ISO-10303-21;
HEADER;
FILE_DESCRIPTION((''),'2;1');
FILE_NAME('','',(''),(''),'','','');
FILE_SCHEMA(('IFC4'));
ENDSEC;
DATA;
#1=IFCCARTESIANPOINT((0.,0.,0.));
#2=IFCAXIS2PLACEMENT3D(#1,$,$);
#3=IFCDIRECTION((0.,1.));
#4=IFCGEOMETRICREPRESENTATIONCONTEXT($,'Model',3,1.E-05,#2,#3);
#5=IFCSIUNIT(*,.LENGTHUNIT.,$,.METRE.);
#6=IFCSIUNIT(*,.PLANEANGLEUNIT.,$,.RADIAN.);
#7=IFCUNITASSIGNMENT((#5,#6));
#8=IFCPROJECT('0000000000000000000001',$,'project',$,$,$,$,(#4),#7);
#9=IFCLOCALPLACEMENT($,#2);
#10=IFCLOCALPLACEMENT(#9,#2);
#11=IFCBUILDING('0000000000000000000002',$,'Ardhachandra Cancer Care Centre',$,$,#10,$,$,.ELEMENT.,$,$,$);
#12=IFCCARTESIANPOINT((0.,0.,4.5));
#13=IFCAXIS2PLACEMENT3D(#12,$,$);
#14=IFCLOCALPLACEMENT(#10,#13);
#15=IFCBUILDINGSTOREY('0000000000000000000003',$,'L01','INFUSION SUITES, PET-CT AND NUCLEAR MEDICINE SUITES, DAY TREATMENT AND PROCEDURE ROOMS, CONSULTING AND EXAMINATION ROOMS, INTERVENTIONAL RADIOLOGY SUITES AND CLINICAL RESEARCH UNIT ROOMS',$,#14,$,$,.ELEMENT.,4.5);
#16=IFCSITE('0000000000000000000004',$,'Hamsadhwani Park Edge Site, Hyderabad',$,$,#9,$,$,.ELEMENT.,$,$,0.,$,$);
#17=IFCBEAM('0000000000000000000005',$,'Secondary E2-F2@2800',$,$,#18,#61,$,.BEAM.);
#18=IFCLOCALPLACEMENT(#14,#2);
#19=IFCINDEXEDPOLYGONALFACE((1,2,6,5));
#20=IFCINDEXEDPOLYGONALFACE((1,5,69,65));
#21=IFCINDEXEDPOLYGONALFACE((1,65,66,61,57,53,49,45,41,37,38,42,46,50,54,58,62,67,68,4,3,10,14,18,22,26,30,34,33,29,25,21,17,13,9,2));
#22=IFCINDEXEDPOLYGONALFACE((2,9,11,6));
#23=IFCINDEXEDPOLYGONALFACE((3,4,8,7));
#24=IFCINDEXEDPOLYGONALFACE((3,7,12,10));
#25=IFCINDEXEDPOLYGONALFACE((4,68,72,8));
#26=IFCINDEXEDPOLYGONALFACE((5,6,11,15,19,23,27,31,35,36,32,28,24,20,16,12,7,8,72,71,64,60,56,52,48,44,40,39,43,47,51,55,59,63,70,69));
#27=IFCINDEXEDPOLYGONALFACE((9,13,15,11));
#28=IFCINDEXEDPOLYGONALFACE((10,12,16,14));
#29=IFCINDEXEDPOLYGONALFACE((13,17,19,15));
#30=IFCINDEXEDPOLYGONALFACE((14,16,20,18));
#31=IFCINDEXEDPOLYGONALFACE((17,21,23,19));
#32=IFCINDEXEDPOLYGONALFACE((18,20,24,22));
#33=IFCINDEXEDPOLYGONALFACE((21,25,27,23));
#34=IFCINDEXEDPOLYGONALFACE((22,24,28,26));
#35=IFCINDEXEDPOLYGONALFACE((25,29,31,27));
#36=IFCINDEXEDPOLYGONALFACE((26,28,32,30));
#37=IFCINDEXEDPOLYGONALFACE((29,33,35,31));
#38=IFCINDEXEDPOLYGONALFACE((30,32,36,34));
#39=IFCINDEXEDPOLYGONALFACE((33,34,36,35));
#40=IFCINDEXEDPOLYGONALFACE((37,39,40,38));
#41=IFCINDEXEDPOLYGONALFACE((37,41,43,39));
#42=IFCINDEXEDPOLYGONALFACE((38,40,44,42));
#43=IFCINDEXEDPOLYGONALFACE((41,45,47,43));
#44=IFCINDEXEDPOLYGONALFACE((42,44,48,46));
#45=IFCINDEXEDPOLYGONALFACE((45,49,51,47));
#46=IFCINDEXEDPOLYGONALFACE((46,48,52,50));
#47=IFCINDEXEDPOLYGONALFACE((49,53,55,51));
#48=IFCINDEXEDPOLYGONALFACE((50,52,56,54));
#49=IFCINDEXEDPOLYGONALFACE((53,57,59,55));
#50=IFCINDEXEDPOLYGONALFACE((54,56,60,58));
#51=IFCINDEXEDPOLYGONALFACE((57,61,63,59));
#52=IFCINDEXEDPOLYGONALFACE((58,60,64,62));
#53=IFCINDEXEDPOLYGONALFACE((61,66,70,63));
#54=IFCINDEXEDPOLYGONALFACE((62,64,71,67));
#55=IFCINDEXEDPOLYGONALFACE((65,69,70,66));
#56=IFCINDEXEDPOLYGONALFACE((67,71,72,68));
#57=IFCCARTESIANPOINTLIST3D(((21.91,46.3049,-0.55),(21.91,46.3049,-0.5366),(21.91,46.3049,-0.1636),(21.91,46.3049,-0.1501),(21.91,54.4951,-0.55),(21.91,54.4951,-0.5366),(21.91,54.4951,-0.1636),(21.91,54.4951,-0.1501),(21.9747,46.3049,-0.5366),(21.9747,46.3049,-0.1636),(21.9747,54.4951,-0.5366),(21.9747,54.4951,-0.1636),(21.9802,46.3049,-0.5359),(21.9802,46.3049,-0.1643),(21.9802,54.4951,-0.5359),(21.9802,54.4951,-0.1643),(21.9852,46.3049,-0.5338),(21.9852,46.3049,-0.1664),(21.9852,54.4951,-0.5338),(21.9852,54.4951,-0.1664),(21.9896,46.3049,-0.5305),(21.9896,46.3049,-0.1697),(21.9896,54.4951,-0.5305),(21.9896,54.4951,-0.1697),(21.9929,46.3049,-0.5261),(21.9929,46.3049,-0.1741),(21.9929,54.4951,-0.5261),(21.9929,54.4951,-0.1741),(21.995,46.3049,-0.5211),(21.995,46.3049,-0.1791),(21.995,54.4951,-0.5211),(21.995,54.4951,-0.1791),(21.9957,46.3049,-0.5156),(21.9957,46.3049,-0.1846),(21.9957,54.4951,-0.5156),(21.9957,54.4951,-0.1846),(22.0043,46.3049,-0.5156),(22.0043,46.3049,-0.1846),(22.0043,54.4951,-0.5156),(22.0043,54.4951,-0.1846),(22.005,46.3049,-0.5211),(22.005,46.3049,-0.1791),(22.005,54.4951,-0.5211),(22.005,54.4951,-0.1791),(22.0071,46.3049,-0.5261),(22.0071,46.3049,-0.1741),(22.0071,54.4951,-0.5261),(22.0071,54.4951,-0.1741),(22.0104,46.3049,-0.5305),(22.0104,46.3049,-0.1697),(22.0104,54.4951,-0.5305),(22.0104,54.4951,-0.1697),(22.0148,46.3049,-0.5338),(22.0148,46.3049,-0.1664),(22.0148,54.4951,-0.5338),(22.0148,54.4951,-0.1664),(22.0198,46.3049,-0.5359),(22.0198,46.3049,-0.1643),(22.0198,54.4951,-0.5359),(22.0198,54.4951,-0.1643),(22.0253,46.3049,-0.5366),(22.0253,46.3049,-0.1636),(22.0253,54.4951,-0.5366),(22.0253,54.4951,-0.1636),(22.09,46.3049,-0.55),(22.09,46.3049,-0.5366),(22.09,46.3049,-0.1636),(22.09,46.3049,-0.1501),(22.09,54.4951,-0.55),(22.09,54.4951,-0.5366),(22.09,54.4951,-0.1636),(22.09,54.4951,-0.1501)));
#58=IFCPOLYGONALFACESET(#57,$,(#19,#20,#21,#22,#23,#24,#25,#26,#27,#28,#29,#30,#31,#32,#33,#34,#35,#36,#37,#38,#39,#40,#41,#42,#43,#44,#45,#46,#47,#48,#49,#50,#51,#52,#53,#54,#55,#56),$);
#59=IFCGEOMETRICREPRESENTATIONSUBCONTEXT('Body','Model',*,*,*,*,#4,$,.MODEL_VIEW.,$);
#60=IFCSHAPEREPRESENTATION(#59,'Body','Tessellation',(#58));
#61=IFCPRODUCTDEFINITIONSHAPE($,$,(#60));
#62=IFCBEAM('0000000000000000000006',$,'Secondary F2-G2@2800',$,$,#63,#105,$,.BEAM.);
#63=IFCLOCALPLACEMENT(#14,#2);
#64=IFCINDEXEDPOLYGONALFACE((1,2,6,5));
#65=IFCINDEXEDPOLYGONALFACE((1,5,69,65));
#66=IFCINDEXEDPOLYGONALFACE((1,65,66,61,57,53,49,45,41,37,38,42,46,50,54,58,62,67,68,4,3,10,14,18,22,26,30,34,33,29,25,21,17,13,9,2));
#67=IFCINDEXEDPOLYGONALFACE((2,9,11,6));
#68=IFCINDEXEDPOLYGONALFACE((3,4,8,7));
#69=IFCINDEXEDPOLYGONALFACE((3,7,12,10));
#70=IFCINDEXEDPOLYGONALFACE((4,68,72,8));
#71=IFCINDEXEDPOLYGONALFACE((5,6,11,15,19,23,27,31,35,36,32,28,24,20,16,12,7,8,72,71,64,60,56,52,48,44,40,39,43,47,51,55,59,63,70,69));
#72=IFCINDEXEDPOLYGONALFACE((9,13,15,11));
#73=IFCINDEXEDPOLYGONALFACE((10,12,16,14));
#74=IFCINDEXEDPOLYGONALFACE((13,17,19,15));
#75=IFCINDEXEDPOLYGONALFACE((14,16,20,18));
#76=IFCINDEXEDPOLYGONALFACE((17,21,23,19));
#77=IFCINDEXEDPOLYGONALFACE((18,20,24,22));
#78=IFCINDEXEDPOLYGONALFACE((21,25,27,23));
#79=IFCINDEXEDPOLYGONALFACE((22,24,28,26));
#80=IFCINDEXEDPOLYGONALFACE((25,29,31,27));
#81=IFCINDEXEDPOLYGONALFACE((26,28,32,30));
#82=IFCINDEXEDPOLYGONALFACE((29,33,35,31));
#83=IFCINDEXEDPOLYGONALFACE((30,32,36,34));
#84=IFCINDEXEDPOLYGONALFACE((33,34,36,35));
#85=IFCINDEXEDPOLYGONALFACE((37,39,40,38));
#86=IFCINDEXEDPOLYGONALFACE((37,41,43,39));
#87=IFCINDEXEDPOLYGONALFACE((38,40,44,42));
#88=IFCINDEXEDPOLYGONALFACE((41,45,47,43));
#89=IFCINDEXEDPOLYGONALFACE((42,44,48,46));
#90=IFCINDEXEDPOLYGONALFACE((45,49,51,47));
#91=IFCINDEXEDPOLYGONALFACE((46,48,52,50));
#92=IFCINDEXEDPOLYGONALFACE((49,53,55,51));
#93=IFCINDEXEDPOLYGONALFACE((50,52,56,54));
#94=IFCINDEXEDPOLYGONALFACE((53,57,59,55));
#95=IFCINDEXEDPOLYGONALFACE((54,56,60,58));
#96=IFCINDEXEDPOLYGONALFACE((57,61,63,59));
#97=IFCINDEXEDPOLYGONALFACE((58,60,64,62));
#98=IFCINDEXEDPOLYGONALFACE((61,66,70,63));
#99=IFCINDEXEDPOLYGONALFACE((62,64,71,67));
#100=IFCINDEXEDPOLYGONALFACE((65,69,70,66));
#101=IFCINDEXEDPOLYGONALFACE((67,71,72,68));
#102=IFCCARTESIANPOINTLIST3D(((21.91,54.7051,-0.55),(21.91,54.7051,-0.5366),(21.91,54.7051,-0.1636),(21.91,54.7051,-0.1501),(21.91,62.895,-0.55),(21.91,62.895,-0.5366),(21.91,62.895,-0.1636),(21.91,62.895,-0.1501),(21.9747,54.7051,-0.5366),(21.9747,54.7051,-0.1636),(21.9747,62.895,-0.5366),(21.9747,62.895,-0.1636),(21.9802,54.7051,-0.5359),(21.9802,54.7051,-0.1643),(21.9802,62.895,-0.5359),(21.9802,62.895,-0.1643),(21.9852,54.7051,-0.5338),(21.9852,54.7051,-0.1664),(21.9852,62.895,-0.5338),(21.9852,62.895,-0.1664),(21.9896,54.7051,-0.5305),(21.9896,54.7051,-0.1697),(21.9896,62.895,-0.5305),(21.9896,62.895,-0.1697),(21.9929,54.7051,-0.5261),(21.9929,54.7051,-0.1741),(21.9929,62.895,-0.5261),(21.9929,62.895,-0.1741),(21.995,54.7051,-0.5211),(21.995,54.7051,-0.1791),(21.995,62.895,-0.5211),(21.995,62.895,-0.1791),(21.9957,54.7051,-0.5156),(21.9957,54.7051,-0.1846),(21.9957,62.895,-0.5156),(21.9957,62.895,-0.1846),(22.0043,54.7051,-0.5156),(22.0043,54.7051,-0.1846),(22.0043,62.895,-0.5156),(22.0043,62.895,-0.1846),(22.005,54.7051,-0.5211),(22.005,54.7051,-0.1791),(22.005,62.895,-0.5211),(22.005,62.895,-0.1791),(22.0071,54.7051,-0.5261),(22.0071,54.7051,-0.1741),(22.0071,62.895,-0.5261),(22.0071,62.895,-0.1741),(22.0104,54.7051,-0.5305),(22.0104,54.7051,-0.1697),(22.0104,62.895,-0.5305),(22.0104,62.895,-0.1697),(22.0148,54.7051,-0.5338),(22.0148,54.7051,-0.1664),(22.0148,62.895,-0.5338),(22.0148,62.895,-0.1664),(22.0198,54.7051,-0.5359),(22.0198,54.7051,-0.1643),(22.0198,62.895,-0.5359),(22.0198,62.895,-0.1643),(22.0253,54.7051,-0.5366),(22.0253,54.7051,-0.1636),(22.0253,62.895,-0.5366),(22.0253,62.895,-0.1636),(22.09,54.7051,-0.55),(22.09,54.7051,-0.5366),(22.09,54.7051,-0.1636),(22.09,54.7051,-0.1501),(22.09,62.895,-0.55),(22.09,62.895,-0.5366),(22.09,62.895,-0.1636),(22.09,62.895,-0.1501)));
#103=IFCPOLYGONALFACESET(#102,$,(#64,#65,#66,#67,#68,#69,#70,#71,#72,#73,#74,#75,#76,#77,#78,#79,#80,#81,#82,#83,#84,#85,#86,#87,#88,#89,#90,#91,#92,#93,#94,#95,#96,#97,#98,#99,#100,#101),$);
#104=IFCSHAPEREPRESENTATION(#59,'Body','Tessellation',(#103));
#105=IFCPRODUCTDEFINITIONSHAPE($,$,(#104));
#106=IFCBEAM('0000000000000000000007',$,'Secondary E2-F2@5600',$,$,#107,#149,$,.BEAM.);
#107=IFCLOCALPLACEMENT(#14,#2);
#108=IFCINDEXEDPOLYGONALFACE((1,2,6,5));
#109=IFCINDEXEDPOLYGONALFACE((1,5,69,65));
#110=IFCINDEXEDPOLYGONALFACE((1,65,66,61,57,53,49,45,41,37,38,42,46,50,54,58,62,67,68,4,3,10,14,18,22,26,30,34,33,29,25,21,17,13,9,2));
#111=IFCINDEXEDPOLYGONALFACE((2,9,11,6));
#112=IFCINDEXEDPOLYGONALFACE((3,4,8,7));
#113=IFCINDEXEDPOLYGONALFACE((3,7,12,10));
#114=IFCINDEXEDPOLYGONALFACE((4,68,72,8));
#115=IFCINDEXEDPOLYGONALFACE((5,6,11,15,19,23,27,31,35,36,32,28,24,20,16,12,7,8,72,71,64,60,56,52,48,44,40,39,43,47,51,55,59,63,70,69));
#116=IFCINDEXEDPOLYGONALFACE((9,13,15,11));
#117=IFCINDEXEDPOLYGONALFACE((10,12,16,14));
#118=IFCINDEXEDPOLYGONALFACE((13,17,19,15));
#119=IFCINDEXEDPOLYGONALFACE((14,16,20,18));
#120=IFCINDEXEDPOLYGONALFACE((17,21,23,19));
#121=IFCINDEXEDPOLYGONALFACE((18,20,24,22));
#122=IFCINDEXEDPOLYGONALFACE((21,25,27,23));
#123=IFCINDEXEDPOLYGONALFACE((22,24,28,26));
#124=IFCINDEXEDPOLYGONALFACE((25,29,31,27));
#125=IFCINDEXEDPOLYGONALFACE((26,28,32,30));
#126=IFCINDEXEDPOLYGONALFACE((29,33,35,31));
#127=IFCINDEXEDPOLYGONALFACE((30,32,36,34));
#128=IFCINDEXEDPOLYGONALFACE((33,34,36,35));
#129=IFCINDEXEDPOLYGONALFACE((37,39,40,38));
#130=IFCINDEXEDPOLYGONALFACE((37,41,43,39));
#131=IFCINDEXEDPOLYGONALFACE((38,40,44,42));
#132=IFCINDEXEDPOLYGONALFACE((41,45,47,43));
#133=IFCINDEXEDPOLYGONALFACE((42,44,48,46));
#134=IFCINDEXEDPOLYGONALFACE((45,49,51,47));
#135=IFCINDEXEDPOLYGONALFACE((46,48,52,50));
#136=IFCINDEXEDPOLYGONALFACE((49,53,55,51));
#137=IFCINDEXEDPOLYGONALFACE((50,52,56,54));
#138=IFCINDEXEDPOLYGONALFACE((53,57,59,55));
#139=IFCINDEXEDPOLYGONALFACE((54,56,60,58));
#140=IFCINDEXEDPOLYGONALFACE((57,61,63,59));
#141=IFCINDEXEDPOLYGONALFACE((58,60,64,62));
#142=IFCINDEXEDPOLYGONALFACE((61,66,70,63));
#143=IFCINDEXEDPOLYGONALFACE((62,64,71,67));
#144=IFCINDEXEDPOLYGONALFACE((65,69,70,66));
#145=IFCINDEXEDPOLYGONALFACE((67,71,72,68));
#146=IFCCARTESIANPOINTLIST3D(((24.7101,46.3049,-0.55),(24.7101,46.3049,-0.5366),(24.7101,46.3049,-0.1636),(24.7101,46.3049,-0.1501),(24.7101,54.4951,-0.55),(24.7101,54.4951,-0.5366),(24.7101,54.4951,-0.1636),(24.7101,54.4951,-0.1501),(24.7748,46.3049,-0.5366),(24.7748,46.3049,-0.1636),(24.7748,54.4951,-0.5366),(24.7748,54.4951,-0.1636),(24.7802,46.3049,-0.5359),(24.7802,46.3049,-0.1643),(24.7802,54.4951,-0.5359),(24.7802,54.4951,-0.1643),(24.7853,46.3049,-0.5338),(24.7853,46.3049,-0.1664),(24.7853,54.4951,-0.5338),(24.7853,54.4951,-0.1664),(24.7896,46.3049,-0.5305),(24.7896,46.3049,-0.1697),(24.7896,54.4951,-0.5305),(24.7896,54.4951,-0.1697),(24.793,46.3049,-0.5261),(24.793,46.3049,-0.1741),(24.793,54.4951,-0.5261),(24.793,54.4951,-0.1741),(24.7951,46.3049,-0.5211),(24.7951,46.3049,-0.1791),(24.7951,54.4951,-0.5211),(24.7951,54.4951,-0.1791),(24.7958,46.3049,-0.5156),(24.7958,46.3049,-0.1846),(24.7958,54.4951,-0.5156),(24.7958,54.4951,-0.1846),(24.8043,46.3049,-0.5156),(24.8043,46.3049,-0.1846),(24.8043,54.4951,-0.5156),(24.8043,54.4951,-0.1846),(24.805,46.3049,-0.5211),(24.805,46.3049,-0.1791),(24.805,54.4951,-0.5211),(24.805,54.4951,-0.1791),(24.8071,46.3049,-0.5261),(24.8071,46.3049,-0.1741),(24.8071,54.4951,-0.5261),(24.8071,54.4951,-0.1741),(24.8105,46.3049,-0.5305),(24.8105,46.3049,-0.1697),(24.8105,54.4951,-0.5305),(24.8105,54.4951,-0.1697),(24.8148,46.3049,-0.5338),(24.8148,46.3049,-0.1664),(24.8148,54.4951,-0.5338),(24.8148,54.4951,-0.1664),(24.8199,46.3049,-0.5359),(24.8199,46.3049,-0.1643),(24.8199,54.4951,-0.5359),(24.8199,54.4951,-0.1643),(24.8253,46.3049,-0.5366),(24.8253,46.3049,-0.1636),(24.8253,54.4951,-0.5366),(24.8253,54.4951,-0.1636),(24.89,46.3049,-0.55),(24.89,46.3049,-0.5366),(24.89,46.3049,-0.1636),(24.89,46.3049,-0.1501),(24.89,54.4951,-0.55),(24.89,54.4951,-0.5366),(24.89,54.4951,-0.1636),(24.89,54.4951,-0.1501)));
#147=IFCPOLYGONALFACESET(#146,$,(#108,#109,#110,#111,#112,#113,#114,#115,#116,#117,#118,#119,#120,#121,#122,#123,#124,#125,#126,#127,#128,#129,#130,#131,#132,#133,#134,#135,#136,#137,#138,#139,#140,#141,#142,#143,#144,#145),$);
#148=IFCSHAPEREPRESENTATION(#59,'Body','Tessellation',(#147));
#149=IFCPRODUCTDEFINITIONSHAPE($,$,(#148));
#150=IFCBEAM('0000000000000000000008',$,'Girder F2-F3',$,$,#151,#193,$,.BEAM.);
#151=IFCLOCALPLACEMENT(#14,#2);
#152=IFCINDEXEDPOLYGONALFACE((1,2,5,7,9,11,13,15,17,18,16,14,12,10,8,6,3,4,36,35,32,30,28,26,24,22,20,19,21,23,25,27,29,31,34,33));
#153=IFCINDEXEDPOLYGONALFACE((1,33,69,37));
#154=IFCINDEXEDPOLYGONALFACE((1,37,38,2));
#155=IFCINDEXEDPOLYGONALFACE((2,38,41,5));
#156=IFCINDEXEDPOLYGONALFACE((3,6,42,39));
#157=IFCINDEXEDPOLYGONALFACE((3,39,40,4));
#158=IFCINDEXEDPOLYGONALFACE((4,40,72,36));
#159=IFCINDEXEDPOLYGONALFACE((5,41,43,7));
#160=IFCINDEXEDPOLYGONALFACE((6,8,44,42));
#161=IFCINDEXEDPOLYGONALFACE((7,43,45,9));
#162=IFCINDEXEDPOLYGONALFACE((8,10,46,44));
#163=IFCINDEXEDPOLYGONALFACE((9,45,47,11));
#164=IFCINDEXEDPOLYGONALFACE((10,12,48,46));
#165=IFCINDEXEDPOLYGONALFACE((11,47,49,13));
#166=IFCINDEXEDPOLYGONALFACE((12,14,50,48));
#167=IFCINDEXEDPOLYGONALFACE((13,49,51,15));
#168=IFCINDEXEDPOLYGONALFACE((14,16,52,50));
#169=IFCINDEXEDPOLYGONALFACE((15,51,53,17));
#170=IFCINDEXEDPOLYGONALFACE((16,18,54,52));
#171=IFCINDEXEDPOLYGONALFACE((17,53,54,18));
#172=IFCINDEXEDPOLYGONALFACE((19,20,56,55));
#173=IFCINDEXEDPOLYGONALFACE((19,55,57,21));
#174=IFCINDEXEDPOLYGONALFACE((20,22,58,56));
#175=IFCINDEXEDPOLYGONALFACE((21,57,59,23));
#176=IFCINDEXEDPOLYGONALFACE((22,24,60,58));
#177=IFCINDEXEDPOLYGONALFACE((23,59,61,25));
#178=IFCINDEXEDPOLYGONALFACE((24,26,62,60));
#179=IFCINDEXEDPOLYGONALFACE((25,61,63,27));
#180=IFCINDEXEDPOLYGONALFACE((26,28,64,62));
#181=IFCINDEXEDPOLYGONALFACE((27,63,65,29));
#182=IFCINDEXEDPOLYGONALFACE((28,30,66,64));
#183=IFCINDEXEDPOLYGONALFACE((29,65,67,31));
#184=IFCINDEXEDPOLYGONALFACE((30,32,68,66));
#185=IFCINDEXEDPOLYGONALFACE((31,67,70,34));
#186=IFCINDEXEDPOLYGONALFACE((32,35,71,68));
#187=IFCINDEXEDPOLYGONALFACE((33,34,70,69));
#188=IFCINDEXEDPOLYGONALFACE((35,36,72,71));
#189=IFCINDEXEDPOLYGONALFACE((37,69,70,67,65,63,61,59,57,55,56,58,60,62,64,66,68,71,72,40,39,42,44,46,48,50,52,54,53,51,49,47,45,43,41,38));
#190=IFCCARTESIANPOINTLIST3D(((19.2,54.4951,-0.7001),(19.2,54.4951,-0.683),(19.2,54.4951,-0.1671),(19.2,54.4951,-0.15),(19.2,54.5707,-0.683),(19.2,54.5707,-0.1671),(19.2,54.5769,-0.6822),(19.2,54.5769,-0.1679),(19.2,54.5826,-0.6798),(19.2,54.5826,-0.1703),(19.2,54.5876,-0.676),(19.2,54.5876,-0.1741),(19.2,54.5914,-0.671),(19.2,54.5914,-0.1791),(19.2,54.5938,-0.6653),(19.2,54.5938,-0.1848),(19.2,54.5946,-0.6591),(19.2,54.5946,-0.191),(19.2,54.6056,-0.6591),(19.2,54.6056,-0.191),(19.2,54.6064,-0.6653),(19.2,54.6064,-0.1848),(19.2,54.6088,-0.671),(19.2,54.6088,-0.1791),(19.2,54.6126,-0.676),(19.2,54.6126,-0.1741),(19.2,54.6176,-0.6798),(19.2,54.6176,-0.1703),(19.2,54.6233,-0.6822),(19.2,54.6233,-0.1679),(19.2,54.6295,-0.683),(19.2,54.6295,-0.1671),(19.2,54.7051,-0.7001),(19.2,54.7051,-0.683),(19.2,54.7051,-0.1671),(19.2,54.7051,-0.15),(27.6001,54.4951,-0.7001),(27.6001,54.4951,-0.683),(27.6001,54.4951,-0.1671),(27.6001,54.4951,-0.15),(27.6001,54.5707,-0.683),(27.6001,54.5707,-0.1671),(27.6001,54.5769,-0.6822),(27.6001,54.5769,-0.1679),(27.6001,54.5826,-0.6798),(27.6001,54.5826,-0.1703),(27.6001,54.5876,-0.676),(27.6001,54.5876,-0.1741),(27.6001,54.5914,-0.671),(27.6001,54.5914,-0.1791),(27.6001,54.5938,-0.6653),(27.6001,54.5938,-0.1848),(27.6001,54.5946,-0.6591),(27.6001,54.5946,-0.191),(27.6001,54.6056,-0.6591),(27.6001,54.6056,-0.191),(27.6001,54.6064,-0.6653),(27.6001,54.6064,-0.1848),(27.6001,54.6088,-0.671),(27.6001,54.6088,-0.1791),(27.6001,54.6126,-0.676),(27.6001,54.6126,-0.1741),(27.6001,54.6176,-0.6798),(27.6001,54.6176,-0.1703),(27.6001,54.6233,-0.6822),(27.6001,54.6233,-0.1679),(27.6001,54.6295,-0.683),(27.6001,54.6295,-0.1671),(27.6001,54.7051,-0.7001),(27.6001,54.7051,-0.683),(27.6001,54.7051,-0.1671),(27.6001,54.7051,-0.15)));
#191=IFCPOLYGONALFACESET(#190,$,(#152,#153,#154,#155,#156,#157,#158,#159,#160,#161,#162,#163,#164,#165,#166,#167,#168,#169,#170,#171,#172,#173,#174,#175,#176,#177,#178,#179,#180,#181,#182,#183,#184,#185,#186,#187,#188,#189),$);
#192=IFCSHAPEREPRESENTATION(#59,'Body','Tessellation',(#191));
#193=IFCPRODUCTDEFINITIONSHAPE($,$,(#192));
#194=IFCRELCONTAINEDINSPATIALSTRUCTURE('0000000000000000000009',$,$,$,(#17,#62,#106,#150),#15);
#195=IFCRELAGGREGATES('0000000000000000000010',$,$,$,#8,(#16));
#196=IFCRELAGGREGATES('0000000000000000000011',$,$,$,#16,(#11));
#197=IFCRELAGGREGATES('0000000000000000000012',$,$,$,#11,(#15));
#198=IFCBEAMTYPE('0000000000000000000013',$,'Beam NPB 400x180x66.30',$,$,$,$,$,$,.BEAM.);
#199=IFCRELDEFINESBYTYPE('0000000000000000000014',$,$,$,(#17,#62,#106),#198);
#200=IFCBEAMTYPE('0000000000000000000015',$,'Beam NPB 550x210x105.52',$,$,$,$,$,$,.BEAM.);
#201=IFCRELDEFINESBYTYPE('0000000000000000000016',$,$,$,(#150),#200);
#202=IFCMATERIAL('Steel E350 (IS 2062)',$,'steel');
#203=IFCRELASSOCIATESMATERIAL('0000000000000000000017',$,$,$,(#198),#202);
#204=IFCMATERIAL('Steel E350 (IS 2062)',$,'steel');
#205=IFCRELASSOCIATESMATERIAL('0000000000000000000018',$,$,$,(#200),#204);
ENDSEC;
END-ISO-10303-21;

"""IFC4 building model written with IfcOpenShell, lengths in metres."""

from ifc_helpers import new_model, si_unit, direction, frame, origin, origin_2d, place, context, subcontext, project, spatial, i_section, extrude, material, material_profile, profile_set, type_object, element, save


model = new_model("IFC4")

# Units and contexts
model_context = context("Model", 3, precision=1e-05, world=origin(), true_north=direction((0.0, 1.0)))
body_context = subcontext(model_context, "Body", "Model", "MODEL_VIEW")
ifc_project = project(units=[si_unit("LENGTHUNIT", "METRE"), si_unit("PLANEANGLEUNIT", "RADIAN")], contexts=[model_context])

# Site, building, storey
site_placement = place(None, origin())
site = spatial("IfcSite", under=ifc_project, at=site_placement, Name="Hamsadhwani Park Edge Site, Hyderabad", CompositionType="ELEMENT", RefElevation=0.0)
building_placement = place(site_placement, origin())
building = spatial("IfcBuilding", under=site, at=building_placement, Name="Ardhachandra Cancer Care Centre", CompositionType="ELEMENT")
storey_placement = place(building_placement, frame((0.0, 0.0, 4.5)))
storey = spatial("IfcBuildingStorey", under=building, at=storey_placement, Name="L01", Description="INFUSION SUITES, PET-CT AND NUCLEAR MEDICINE SUITES, DAY TREATMENT AND PROCEDURE ROOMS, CONSULTING AND EXAMINATION ROOMS, INTERVENTIONAL RADIOLOGY SUITES AND CLINICAL RESEARCH UNIT ROOMS", CompositionType="ELEMENT", Elevation=4.5)

# Beams
ifc_material_1 = material(Name="Steel E350 (IS 2062)", Category="steel")
ifc_material_profile_1 = material_profile(ifc_material_1, i_section(OverallWidth=0.1799, OverallDepth=0.3999, WebThickness=0.0085, FlangeThickness=0.0134, FilletRadius=0.021, at=origin_2d()), Name="NPB 400x180x66.30")
ifc_profile_set_1 = profile_set([ifc_material_profile_1], Name="Steel E350 (IS 2062)")
beam_type_1 = type_object("IfcBeamType", Name="Beam NPB 400x180x66.30", PredefinedType="BEAM", material=ifc_profile_set_1)
beam_1_placement = place(storey_placement, frame((22.0, 46.3049, -0.3501), z_axis=(0.0, 1.0, 0.0), x_axis=(-1.0, 0.0, 0.0)))
element("IfcBeam", 1, at=beam_1_placement, inside=storey, type_object=beam_type_1, Name="Secondary E2-F2@2800", PredefinedType="BEAM", context=body_context, shape_type="SweptSolid", body=[
    extrude(i_section(OverallWidth=0.1799, OverallDepth=0.3999, WebThickness=0.0085, FlangeThickness=0.0134, FilletRadius=0.021, at=origin_2d()), origin(), (0.0, 0.0, 1.0), 8.1902),
])
beam_2_placement = place(storey_placement, frame((22.0, 54.7051, -0.3501), z_axis=(0.0, 1.0, 0.0), x_axis=(-1.0, 0.0, 0.0)))
element("IfcBeam", 2, at=beam_2_placement, inside=storey, type_object=beam_type_1, Name="Secondary F2-G2@2800", PredefinedType="BEAM", context=body_context, shape_type="SweptSolid", body=[
    extrude(i_section(OverallWidth=0.1799, OverallDepth=0.3999, WebThickness=0.0085, FlangeThickness=0.0134, FilletRadius=0.021, at=origin_2d()), origin(), (0.0, 0.0, 1.0), 8.1899),
])
beam_3_placement = place(storey_placement, frame((24.8, 46.3049, -0.3501), z_axis=(0.0, 1.0, 0.0), x_axis=(-1.0, 0.0, 0.0)))
element("IfcBeam", 3, at=beam_3_placement, inside=storey, type_object=beam_type_1, Name="Secondary E2-F2@5600", PredefinedType="BEAM", context=body_context, shape_type="SweptSolid", body=[
    extrude(i_section(OverallWidth=0.1799, OverallDepth=0.3999, WebThickness=0.0085, FlangeThickness=0.0134, FilletRadius=0.021, at=origin_2d()), origin(), (0.0, 0.0, 1.0), 8.1902),
])
ifc_material_2 = material(Name="Steel E350 (IS 2062)", Category="steel")
ifc_material_profile_2 = material_profile(ifc_material_2, i_section(OverallWidth=0.21, OverallDepth=0.55, WebThickness=0.011, FlangeThickness=0.0171, FilletRadius=0.0239, at=origin_2d()), Name="NPB 550x210x105.52")
ifc_profile_set_2 = profile_set([ifc_material_profile_2], Name="Steel E350 (IS 2062)")
beam_type_2 = type_object("IfcBeamType", Name="Beam NPB 550x210x105.52", PredefinedType="BEAM", material=ifc_profile_set_2)
beam_4_placement = place(storey_placement, frame((19.2, 54.6001, -0.425), z_axis=(1.0, 0.0, 0.0), x_axis=(0.0, 1.0, 0.0)))
element("IfcBeam", 4, at=beam_4_placement, inside=storey, type_object=beam_type_2, Name="Girder F2-F3", PredefinedType="BEAM", context=body_context, shape_type="SweptSolid", body=[
    extrude(i_section(OverallWidth=0.21, OverallDepth=0.55, WebThickness=0.011, FlangeThickness=0.0171, FilletRadius=0.0239, at=origin_2d()), origin(), (0.0, 0.0, 1.0), 8.4001),
])

save(model, "model.ifc")
